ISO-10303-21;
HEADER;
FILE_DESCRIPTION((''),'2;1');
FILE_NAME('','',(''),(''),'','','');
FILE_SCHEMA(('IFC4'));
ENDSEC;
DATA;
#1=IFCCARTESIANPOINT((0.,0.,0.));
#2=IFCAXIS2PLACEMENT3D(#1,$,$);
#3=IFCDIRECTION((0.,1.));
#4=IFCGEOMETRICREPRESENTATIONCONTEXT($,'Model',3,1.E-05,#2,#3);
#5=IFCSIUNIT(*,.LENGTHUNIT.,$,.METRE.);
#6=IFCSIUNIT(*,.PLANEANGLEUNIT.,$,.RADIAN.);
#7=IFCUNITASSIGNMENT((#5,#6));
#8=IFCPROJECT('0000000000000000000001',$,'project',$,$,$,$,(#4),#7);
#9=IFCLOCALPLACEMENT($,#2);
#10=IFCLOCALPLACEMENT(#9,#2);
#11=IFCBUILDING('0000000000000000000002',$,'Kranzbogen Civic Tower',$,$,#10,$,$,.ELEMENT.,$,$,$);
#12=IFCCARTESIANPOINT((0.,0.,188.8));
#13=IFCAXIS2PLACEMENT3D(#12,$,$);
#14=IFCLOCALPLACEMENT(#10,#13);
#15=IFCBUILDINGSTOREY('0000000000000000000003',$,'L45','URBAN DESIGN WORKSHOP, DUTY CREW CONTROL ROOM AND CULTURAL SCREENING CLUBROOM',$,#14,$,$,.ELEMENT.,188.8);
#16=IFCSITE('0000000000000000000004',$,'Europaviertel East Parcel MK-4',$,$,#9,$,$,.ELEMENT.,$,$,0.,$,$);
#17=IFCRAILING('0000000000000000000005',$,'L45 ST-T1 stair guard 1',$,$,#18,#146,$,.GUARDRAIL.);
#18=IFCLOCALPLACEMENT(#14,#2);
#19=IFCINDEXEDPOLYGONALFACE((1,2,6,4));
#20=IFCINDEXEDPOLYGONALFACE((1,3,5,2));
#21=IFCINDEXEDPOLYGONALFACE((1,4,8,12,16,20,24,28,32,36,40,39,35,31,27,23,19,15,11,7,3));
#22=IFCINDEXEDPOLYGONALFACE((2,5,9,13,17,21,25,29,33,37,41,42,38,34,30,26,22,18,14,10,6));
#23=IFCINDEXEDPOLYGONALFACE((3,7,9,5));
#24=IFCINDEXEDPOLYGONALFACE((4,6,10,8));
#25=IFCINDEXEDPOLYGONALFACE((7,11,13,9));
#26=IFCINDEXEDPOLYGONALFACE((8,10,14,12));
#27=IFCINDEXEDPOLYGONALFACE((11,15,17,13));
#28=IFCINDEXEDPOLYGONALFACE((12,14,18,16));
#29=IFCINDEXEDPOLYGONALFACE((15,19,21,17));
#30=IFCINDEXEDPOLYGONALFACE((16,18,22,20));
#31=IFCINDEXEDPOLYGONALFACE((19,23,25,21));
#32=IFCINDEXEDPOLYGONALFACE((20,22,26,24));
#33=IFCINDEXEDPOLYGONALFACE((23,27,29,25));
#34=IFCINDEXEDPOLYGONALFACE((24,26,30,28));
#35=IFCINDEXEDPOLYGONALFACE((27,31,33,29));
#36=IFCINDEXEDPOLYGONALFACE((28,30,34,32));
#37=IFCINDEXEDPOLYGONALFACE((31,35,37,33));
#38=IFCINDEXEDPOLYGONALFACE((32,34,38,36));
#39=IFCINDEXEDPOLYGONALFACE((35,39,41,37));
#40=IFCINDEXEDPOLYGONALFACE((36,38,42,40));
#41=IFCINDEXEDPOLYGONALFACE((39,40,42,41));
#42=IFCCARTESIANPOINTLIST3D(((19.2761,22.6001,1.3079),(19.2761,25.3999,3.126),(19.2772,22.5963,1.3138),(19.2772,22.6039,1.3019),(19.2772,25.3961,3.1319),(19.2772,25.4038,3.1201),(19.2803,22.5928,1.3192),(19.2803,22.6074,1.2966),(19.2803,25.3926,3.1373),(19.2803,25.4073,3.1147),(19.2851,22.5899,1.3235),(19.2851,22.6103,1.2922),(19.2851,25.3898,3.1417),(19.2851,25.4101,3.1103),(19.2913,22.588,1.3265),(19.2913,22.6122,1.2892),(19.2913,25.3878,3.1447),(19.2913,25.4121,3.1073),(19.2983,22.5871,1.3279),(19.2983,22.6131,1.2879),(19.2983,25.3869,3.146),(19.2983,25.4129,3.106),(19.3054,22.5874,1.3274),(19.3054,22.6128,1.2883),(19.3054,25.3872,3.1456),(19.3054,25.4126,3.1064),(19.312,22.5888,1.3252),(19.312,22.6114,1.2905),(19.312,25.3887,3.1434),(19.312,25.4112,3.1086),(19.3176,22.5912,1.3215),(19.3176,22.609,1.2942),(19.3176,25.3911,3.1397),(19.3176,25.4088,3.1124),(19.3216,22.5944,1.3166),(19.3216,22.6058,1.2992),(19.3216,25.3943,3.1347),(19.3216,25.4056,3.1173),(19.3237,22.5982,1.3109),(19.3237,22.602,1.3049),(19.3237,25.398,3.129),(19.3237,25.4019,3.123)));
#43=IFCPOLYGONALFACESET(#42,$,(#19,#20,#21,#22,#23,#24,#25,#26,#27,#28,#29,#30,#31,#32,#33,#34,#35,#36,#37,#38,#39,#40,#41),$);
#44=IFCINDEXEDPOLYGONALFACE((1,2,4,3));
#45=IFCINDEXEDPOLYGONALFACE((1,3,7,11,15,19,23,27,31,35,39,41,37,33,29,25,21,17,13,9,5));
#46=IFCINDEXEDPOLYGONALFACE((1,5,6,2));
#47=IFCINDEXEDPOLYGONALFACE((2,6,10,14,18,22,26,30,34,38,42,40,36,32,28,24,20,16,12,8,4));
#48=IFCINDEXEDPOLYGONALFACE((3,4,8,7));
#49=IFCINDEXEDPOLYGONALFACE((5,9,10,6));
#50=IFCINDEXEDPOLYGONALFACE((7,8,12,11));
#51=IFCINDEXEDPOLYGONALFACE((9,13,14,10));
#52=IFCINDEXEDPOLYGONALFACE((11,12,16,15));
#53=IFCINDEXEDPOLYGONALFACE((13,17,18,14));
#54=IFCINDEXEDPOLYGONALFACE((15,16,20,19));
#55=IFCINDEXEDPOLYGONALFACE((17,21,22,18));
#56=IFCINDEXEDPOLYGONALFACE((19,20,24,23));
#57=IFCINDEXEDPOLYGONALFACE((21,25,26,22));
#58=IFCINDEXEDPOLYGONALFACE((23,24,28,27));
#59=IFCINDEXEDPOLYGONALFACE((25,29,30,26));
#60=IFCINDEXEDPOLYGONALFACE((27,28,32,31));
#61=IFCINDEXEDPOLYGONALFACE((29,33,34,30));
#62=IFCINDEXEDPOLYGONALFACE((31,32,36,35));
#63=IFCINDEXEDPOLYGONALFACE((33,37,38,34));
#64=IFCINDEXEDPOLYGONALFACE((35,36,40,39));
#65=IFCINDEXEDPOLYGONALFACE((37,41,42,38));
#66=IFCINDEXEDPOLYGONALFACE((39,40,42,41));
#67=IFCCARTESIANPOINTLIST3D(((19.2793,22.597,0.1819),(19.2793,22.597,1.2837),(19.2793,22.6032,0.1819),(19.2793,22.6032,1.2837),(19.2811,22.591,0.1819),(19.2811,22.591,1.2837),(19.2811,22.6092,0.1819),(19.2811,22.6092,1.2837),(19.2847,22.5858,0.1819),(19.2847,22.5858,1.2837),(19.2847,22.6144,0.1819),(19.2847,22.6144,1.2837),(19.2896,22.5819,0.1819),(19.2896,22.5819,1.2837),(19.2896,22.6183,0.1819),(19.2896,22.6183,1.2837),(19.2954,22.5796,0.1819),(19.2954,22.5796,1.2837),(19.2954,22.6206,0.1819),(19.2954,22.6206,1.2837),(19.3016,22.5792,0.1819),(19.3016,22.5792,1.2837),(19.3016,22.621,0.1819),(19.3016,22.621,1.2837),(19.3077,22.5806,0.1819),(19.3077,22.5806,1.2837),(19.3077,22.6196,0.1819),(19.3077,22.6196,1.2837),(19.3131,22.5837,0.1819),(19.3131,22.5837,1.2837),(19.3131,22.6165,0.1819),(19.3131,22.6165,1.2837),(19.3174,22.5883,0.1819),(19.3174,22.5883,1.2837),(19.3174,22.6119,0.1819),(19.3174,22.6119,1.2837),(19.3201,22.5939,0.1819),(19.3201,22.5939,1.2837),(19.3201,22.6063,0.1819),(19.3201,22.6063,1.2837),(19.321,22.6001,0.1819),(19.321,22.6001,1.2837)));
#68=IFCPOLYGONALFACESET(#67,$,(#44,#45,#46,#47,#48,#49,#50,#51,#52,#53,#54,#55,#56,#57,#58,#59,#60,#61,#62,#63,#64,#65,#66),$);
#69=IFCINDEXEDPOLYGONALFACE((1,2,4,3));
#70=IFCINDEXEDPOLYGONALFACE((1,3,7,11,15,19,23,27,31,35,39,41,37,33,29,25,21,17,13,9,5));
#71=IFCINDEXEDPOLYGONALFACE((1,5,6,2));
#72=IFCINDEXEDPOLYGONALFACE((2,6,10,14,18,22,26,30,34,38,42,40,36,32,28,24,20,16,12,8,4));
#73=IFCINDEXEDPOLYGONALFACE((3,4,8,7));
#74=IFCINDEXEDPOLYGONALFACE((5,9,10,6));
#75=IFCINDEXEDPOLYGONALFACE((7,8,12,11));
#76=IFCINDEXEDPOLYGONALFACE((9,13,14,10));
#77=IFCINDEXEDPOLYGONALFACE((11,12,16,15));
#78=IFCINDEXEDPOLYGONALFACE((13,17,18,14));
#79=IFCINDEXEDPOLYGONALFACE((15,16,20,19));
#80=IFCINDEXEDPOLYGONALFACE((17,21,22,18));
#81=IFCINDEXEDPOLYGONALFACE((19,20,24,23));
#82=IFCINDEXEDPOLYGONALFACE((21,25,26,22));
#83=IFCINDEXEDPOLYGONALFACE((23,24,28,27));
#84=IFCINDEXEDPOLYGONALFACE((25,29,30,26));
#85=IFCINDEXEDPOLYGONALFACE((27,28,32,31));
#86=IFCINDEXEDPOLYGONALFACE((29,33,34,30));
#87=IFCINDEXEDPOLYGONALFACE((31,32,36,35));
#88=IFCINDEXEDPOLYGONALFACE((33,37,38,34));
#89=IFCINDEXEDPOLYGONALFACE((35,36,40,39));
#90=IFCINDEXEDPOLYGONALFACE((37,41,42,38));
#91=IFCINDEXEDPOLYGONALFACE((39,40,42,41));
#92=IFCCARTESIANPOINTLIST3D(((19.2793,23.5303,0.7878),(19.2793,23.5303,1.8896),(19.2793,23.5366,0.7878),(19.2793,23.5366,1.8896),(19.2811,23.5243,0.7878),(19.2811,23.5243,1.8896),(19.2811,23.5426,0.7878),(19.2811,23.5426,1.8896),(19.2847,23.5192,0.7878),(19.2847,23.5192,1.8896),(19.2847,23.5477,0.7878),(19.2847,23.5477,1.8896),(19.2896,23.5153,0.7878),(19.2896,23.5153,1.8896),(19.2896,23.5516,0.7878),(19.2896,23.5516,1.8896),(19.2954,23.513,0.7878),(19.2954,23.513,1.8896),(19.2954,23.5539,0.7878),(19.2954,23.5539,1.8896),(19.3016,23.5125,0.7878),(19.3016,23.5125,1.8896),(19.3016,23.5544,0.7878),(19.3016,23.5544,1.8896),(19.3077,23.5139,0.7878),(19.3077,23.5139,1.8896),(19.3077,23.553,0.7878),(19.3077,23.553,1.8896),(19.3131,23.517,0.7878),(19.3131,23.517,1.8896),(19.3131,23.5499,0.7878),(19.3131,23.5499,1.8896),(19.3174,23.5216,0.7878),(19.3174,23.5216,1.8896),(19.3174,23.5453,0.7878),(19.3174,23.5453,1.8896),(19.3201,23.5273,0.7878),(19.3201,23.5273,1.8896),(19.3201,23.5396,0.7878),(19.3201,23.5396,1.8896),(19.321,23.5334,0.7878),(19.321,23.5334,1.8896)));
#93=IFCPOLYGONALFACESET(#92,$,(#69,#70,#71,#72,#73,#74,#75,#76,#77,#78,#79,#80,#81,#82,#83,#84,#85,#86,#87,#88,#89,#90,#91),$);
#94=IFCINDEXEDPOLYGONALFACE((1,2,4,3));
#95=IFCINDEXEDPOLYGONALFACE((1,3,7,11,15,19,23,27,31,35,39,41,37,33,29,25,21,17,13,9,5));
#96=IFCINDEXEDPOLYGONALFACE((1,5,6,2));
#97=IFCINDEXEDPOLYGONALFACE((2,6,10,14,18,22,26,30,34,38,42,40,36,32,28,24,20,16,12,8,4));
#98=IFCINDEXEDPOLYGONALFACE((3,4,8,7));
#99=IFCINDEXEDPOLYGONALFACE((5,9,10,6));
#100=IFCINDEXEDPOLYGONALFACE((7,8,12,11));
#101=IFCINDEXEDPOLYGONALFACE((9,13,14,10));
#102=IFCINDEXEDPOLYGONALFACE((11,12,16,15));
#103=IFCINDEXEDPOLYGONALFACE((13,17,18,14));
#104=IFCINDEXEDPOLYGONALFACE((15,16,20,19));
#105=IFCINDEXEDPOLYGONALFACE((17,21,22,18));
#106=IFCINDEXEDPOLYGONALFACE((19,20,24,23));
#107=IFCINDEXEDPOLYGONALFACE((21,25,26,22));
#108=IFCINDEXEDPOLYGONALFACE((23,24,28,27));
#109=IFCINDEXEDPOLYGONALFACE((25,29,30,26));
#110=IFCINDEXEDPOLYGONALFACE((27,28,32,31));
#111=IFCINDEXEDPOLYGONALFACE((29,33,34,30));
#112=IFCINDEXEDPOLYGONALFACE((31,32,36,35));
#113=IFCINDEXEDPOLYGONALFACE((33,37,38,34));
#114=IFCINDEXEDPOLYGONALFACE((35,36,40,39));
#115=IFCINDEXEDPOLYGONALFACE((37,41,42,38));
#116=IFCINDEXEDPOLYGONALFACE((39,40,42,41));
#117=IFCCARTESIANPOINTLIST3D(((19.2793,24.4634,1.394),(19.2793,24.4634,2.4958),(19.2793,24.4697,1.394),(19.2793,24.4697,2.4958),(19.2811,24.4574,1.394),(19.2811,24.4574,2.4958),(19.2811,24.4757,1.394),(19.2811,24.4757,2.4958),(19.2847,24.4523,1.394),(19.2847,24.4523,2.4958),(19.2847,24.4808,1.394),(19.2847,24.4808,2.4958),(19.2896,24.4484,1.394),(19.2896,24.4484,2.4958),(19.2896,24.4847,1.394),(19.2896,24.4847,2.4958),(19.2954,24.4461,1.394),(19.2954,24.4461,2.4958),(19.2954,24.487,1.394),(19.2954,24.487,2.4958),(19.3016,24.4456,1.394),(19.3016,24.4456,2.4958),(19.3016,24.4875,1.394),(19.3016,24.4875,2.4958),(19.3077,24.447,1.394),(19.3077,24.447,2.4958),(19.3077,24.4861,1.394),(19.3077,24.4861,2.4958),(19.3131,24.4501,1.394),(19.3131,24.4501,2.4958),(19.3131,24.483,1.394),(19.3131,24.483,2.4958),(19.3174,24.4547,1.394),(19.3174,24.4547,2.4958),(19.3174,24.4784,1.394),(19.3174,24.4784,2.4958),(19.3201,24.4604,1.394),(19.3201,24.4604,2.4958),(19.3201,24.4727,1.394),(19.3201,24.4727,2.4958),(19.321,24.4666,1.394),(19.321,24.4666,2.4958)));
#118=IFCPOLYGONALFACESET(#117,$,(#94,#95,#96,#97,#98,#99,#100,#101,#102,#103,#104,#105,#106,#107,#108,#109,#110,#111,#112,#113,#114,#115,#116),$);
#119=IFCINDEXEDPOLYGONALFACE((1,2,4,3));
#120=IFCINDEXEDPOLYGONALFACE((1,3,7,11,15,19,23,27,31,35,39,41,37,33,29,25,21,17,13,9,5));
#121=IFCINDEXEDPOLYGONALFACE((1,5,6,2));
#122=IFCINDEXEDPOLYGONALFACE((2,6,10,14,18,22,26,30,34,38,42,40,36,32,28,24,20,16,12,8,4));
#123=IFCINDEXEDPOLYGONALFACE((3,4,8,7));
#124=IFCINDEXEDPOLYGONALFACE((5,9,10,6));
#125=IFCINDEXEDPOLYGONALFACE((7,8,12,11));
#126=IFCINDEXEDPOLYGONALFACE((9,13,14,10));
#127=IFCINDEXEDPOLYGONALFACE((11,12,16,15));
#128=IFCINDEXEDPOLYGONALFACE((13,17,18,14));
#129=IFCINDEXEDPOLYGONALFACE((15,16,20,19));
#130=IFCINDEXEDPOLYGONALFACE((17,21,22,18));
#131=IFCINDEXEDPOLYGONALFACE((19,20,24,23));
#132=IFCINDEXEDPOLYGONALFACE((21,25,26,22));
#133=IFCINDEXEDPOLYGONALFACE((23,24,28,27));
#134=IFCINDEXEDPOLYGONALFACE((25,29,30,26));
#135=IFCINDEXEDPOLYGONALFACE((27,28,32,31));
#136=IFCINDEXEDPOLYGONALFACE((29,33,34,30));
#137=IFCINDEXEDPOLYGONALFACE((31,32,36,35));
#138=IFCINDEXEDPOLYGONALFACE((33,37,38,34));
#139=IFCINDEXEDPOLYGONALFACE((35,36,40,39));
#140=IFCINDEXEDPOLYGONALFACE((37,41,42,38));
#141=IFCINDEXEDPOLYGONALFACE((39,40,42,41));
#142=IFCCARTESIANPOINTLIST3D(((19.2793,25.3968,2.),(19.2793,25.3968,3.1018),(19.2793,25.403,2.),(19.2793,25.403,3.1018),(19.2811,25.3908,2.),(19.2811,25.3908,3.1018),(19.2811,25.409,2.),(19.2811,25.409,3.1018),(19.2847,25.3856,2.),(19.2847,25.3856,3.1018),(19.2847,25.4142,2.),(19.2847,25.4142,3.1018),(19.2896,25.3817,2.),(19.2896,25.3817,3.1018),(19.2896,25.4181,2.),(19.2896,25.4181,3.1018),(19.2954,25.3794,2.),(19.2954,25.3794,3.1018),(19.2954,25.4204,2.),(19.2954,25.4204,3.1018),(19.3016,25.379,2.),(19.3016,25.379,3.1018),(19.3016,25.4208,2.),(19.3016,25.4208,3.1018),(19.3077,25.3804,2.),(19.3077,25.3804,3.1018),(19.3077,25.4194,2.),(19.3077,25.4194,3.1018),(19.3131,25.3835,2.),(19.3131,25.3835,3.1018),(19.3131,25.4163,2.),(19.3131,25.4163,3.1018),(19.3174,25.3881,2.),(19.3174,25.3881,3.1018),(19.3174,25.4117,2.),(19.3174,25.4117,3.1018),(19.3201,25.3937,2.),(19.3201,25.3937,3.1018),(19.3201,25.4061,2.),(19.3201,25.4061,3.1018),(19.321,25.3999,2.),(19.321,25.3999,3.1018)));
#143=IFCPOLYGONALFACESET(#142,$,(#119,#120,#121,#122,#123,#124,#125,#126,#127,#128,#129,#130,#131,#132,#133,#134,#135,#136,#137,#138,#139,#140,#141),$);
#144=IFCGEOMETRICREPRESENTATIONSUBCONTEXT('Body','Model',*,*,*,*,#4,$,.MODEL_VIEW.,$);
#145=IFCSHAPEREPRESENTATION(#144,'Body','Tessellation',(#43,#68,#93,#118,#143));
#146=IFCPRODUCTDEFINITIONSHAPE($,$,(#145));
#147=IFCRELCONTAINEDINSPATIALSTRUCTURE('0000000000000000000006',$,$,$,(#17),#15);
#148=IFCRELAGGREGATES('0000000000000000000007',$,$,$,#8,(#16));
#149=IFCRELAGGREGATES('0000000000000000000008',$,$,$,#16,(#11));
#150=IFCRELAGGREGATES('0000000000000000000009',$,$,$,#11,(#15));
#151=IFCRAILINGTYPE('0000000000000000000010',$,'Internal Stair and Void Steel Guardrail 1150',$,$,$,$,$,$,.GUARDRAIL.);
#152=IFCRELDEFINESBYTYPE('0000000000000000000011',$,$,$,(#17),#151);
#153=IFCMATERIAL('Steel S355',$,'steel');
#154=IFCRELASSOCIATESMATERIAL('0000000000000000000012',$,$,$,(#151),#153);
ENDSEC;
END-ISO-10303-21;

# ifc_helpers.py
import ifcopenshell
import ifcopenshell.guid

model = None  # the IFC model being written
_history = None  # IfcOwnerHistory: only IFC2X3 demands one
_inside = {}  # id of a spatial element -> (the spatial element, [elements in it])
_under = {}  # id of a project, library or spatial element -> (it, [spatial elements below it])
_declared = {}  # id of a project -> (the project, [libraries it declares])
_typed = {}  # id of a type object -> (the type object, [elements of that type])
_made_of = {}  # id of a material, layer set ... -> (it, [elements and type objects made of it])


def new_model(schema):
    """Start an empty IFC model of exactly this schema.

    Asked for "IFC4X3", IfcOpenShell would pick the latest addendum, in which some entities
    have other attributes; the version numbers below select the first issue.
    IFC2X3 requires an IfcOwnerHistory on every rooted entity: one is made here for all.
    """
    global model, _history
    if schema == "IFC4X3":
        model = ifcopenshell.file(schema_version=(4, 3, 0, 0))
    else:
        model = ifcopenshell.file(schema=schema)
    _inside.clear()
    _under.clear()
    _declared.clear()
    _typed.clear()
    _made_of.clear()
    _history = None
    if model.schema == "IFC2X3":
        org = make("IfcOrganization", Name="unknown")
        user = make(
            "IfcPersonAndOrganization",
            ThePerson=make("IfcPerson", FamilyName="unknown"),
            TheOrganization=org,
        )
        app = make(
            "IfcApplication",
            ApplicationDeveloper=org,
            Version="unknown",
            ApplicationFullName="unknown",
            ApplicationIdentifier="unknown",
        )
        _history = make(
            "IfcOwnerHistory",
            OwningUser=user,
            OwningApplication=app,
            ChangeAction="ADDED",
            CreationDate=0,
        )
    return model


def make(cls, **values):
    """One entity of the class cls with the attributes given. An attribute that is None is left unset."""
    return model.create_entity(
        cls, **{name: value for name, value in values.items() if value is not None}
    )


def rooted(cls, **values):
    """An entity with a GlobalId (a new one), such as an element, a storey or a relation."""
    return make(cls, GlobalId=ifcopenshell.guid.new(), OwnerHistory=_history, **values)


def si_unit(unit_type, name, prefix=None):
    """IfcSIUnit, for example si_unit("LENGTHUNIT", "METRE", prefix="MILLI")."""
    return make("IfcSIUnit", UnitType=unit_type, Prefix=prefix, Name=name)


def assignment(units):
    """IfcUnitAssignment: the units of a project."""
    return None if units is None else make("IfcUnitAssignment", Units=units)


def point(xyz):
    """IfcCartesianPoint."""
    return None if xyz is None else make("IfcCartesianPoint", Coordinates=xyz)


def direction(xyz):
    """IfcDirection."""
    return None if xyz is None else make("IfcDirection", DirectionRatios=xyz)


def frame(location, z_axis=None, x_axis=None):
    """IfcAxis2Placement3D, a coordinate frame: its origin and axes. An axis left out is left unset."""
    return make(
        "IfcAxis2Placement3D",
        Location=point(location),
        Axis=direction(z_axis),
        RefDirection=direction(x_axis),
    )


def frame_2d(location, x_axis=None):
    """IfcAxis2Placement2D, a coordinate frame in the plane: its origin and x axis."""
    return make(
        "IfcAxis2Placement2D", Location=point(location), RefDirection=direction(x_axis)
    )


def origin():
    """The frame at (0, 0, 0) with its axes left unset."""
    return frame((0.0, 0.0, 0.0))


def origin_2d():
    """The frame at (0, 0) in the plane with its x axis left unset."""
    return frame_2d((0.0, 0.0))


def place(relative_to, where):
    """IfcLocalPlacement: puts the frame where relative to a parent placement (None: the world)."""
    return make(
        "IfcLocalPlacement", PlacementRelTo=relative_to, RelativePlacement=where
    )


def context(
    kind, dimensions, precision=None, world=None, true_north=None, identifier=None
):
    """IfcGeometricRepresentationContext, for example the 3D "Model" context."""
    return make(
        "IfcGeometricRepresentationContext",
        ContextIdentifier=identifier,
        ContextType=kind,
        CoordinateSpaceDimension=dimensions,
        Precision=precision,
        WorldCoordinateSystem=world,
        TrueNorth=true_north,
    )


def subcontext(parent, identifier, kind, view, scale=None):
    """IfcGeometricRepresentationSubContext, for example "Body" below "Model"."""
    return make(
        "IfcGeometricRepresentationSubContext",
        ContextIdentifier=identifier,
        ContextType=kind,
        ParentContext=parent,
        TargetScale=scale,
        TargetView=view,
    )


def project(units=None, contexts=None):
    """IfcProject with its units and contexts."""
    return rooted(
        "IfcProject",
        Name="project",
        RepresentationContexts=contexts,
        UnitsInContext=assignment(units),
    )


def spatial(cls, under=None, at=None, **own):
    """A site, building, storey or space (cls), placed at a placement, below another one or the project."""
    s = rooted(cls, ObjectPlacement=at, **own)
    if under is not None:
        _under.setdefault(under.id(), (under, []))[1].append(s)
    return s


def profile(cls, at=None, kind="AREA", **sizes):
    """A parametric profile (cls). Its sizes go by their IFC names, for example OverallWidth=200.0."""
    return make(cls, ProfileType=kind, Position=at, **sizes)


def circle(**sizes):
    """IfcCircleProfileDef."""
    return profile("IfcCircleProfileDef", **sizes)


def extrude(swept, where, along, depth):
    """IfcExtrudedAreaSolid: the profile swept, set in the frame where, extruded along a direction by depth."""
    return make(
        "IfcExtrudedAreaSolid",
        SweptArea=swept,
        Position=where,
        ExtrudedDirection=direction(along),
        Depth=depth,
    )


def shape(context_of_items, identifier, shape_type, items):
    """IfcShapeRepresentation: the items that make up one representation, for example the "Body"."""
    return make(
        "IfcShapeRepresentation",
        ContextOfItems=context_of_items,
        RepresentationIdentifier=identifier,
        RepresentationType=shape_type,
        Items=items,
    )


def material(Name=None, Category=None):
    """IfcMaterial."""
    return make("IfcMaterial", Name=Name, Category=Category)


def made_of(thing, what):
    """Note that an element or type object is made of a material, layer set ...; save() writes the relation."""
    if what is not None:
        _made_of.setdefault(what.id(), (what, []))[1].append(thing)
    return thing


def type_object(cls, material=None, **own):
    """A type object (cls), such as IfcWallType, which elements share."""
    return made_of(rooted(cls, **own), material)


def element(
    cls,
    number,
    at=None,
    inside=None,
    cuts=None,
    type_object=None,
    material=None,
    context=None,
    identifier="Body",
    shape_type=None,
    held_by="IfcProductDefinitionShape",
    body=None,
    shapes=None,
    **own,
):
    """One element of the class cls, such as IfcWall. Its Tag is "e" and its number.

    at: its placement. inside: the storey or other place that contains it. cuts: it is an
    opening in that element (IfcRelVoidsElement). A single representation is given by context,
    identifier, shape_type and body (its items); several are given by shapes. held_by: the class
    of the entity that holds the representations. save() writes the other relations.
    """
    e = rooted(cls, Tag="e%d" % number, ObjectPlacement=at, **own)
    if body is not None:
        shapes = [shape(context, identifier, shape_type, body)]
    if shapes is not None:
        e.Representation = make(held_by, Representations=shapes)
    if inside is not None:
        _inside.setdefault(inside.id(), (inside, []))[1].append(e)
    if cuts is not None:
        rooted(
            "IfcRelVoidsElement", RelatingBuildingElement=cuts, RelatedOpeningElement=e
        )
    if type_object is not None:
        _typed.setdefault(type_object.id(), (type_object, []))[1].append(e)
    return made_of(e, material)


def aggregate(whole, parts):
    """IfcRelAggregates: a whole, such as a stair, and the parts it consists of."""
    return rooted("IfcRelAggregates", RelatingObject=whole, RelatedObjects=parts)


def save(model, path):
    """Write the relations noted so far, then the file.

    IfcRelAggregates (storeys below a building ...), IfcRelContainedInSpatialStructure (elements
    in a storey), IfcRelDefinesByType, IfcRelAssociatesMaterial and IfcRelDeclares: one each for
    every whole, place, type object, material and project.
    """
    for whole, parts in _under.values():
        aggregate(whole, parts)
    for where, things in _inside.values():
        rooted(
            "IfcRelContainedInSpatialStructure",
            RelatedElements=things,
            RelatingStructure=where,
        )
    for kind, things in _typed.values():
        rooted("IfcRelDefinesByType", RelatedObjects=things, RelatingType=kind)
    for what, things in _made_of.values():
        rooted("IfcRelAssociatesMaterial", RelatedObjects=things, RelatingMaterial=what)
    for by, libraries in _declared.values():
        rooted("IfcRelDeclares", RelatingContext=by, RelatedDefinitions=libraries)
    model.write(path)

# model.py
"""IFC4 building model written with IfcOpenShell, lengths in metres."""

from ifc_helpers import new_model, si_unit, direction, frame, origin, origin_2d, place, context, subcontext, project, spatial, circle, extrude, material, type_object, element, save


model = new_model("IFC4")

# Units and contexts
model_context = context("Model", 3, precision=1e-05, world=origin(), true_north=direction((0.0, 1.0)))
body_context = subcontext(model_context, "Body", "Model", "MODEL_VIEW")
ifc_project = project(units=[si_unit("LENGTHUNIT", "METRE"), si_unit("PLANEANGLEUNIT", "RADIAN")], contexts=[model_context])

# Site, building, storey
site_placement = place(None, origin())
site = spatial("IfcSite", under=ifc_project, at=site_placement, Name="Europaviertel East Parcel MK-4", CompositionType="ELEMENT", RefElevation=0.0)
building_placement = place(site_placement, origin())
building = spatial("IfcBuilding", under=site, at=building_placement, Name="Kranzbogen Civic Tower", CompositionType="ELEMENT")
storey_placement = place(building_placement, frame((0.0, 0.0, 188.8)))
storey = spatial("IfcBuildingStorey", under=building, at=storey_placement, Name="L45", Description="URBAN DESIGN WORKSHOP, DUTY CREW CONTROL ROOM AND CULTURAL SCREENING CLUBROOM", CompositionType="ELEMENT", Elevation=188.8)

# Shared definitions
ifc_material_1 = material(Name="Steel S355", Category="steel")

# Railing
railing_type_1 = type_object("IfcRailingType", Name="Internal Stair and Void Steel Guardrail 1150", PredefinedType="GUARDRAIL", material=ifc_material_1)
railing_1_placement = place(storey_placement, frame((19.3, 22.6001, 0.1819)))
element("IfcRailing", 1, at=railing_1_placement, inside=storey, type_object=railing_type_1, Name="L45 ST-T1 stair guard 1", PredefinedType="GUARDRAIL", context=body_context, shape_type="SweptSolid", body=[
    extrude(circle(Radius=0.0239, at=origin_2d()), frame((0.0, 0.0, 1.126), z_axis=(0.0, 0.838684, 0.544618), x_axis=(-1.0, 0.0, 0.0)), (0.0, 0.0, 1.0), 3.3384),
    extrude(circle(Radius=0.021, at=origin_2d()), origin(), (0.0, 0.0, 1.0), 1.1018),
    extrude(circle(Radius=0.021, at=origin_2d()), frame((0.0, 0.9333, 0.606)), (0.0, 0.0, 1.0), 1.1018),
    extrude(circle(Radius=0.021, at=origin_2d()), frame((0.0, 1.8665, 1.2122)), (0.0, 0.0, 1.0), 1.1018),
    extrude(circle(Radius=0.021, at=origin_2d()), frame((0.0, 2.7998, 1.8181)), (0.0, 0.0, 1.0), 1.1018),
])

save(model, "model.ifc")
